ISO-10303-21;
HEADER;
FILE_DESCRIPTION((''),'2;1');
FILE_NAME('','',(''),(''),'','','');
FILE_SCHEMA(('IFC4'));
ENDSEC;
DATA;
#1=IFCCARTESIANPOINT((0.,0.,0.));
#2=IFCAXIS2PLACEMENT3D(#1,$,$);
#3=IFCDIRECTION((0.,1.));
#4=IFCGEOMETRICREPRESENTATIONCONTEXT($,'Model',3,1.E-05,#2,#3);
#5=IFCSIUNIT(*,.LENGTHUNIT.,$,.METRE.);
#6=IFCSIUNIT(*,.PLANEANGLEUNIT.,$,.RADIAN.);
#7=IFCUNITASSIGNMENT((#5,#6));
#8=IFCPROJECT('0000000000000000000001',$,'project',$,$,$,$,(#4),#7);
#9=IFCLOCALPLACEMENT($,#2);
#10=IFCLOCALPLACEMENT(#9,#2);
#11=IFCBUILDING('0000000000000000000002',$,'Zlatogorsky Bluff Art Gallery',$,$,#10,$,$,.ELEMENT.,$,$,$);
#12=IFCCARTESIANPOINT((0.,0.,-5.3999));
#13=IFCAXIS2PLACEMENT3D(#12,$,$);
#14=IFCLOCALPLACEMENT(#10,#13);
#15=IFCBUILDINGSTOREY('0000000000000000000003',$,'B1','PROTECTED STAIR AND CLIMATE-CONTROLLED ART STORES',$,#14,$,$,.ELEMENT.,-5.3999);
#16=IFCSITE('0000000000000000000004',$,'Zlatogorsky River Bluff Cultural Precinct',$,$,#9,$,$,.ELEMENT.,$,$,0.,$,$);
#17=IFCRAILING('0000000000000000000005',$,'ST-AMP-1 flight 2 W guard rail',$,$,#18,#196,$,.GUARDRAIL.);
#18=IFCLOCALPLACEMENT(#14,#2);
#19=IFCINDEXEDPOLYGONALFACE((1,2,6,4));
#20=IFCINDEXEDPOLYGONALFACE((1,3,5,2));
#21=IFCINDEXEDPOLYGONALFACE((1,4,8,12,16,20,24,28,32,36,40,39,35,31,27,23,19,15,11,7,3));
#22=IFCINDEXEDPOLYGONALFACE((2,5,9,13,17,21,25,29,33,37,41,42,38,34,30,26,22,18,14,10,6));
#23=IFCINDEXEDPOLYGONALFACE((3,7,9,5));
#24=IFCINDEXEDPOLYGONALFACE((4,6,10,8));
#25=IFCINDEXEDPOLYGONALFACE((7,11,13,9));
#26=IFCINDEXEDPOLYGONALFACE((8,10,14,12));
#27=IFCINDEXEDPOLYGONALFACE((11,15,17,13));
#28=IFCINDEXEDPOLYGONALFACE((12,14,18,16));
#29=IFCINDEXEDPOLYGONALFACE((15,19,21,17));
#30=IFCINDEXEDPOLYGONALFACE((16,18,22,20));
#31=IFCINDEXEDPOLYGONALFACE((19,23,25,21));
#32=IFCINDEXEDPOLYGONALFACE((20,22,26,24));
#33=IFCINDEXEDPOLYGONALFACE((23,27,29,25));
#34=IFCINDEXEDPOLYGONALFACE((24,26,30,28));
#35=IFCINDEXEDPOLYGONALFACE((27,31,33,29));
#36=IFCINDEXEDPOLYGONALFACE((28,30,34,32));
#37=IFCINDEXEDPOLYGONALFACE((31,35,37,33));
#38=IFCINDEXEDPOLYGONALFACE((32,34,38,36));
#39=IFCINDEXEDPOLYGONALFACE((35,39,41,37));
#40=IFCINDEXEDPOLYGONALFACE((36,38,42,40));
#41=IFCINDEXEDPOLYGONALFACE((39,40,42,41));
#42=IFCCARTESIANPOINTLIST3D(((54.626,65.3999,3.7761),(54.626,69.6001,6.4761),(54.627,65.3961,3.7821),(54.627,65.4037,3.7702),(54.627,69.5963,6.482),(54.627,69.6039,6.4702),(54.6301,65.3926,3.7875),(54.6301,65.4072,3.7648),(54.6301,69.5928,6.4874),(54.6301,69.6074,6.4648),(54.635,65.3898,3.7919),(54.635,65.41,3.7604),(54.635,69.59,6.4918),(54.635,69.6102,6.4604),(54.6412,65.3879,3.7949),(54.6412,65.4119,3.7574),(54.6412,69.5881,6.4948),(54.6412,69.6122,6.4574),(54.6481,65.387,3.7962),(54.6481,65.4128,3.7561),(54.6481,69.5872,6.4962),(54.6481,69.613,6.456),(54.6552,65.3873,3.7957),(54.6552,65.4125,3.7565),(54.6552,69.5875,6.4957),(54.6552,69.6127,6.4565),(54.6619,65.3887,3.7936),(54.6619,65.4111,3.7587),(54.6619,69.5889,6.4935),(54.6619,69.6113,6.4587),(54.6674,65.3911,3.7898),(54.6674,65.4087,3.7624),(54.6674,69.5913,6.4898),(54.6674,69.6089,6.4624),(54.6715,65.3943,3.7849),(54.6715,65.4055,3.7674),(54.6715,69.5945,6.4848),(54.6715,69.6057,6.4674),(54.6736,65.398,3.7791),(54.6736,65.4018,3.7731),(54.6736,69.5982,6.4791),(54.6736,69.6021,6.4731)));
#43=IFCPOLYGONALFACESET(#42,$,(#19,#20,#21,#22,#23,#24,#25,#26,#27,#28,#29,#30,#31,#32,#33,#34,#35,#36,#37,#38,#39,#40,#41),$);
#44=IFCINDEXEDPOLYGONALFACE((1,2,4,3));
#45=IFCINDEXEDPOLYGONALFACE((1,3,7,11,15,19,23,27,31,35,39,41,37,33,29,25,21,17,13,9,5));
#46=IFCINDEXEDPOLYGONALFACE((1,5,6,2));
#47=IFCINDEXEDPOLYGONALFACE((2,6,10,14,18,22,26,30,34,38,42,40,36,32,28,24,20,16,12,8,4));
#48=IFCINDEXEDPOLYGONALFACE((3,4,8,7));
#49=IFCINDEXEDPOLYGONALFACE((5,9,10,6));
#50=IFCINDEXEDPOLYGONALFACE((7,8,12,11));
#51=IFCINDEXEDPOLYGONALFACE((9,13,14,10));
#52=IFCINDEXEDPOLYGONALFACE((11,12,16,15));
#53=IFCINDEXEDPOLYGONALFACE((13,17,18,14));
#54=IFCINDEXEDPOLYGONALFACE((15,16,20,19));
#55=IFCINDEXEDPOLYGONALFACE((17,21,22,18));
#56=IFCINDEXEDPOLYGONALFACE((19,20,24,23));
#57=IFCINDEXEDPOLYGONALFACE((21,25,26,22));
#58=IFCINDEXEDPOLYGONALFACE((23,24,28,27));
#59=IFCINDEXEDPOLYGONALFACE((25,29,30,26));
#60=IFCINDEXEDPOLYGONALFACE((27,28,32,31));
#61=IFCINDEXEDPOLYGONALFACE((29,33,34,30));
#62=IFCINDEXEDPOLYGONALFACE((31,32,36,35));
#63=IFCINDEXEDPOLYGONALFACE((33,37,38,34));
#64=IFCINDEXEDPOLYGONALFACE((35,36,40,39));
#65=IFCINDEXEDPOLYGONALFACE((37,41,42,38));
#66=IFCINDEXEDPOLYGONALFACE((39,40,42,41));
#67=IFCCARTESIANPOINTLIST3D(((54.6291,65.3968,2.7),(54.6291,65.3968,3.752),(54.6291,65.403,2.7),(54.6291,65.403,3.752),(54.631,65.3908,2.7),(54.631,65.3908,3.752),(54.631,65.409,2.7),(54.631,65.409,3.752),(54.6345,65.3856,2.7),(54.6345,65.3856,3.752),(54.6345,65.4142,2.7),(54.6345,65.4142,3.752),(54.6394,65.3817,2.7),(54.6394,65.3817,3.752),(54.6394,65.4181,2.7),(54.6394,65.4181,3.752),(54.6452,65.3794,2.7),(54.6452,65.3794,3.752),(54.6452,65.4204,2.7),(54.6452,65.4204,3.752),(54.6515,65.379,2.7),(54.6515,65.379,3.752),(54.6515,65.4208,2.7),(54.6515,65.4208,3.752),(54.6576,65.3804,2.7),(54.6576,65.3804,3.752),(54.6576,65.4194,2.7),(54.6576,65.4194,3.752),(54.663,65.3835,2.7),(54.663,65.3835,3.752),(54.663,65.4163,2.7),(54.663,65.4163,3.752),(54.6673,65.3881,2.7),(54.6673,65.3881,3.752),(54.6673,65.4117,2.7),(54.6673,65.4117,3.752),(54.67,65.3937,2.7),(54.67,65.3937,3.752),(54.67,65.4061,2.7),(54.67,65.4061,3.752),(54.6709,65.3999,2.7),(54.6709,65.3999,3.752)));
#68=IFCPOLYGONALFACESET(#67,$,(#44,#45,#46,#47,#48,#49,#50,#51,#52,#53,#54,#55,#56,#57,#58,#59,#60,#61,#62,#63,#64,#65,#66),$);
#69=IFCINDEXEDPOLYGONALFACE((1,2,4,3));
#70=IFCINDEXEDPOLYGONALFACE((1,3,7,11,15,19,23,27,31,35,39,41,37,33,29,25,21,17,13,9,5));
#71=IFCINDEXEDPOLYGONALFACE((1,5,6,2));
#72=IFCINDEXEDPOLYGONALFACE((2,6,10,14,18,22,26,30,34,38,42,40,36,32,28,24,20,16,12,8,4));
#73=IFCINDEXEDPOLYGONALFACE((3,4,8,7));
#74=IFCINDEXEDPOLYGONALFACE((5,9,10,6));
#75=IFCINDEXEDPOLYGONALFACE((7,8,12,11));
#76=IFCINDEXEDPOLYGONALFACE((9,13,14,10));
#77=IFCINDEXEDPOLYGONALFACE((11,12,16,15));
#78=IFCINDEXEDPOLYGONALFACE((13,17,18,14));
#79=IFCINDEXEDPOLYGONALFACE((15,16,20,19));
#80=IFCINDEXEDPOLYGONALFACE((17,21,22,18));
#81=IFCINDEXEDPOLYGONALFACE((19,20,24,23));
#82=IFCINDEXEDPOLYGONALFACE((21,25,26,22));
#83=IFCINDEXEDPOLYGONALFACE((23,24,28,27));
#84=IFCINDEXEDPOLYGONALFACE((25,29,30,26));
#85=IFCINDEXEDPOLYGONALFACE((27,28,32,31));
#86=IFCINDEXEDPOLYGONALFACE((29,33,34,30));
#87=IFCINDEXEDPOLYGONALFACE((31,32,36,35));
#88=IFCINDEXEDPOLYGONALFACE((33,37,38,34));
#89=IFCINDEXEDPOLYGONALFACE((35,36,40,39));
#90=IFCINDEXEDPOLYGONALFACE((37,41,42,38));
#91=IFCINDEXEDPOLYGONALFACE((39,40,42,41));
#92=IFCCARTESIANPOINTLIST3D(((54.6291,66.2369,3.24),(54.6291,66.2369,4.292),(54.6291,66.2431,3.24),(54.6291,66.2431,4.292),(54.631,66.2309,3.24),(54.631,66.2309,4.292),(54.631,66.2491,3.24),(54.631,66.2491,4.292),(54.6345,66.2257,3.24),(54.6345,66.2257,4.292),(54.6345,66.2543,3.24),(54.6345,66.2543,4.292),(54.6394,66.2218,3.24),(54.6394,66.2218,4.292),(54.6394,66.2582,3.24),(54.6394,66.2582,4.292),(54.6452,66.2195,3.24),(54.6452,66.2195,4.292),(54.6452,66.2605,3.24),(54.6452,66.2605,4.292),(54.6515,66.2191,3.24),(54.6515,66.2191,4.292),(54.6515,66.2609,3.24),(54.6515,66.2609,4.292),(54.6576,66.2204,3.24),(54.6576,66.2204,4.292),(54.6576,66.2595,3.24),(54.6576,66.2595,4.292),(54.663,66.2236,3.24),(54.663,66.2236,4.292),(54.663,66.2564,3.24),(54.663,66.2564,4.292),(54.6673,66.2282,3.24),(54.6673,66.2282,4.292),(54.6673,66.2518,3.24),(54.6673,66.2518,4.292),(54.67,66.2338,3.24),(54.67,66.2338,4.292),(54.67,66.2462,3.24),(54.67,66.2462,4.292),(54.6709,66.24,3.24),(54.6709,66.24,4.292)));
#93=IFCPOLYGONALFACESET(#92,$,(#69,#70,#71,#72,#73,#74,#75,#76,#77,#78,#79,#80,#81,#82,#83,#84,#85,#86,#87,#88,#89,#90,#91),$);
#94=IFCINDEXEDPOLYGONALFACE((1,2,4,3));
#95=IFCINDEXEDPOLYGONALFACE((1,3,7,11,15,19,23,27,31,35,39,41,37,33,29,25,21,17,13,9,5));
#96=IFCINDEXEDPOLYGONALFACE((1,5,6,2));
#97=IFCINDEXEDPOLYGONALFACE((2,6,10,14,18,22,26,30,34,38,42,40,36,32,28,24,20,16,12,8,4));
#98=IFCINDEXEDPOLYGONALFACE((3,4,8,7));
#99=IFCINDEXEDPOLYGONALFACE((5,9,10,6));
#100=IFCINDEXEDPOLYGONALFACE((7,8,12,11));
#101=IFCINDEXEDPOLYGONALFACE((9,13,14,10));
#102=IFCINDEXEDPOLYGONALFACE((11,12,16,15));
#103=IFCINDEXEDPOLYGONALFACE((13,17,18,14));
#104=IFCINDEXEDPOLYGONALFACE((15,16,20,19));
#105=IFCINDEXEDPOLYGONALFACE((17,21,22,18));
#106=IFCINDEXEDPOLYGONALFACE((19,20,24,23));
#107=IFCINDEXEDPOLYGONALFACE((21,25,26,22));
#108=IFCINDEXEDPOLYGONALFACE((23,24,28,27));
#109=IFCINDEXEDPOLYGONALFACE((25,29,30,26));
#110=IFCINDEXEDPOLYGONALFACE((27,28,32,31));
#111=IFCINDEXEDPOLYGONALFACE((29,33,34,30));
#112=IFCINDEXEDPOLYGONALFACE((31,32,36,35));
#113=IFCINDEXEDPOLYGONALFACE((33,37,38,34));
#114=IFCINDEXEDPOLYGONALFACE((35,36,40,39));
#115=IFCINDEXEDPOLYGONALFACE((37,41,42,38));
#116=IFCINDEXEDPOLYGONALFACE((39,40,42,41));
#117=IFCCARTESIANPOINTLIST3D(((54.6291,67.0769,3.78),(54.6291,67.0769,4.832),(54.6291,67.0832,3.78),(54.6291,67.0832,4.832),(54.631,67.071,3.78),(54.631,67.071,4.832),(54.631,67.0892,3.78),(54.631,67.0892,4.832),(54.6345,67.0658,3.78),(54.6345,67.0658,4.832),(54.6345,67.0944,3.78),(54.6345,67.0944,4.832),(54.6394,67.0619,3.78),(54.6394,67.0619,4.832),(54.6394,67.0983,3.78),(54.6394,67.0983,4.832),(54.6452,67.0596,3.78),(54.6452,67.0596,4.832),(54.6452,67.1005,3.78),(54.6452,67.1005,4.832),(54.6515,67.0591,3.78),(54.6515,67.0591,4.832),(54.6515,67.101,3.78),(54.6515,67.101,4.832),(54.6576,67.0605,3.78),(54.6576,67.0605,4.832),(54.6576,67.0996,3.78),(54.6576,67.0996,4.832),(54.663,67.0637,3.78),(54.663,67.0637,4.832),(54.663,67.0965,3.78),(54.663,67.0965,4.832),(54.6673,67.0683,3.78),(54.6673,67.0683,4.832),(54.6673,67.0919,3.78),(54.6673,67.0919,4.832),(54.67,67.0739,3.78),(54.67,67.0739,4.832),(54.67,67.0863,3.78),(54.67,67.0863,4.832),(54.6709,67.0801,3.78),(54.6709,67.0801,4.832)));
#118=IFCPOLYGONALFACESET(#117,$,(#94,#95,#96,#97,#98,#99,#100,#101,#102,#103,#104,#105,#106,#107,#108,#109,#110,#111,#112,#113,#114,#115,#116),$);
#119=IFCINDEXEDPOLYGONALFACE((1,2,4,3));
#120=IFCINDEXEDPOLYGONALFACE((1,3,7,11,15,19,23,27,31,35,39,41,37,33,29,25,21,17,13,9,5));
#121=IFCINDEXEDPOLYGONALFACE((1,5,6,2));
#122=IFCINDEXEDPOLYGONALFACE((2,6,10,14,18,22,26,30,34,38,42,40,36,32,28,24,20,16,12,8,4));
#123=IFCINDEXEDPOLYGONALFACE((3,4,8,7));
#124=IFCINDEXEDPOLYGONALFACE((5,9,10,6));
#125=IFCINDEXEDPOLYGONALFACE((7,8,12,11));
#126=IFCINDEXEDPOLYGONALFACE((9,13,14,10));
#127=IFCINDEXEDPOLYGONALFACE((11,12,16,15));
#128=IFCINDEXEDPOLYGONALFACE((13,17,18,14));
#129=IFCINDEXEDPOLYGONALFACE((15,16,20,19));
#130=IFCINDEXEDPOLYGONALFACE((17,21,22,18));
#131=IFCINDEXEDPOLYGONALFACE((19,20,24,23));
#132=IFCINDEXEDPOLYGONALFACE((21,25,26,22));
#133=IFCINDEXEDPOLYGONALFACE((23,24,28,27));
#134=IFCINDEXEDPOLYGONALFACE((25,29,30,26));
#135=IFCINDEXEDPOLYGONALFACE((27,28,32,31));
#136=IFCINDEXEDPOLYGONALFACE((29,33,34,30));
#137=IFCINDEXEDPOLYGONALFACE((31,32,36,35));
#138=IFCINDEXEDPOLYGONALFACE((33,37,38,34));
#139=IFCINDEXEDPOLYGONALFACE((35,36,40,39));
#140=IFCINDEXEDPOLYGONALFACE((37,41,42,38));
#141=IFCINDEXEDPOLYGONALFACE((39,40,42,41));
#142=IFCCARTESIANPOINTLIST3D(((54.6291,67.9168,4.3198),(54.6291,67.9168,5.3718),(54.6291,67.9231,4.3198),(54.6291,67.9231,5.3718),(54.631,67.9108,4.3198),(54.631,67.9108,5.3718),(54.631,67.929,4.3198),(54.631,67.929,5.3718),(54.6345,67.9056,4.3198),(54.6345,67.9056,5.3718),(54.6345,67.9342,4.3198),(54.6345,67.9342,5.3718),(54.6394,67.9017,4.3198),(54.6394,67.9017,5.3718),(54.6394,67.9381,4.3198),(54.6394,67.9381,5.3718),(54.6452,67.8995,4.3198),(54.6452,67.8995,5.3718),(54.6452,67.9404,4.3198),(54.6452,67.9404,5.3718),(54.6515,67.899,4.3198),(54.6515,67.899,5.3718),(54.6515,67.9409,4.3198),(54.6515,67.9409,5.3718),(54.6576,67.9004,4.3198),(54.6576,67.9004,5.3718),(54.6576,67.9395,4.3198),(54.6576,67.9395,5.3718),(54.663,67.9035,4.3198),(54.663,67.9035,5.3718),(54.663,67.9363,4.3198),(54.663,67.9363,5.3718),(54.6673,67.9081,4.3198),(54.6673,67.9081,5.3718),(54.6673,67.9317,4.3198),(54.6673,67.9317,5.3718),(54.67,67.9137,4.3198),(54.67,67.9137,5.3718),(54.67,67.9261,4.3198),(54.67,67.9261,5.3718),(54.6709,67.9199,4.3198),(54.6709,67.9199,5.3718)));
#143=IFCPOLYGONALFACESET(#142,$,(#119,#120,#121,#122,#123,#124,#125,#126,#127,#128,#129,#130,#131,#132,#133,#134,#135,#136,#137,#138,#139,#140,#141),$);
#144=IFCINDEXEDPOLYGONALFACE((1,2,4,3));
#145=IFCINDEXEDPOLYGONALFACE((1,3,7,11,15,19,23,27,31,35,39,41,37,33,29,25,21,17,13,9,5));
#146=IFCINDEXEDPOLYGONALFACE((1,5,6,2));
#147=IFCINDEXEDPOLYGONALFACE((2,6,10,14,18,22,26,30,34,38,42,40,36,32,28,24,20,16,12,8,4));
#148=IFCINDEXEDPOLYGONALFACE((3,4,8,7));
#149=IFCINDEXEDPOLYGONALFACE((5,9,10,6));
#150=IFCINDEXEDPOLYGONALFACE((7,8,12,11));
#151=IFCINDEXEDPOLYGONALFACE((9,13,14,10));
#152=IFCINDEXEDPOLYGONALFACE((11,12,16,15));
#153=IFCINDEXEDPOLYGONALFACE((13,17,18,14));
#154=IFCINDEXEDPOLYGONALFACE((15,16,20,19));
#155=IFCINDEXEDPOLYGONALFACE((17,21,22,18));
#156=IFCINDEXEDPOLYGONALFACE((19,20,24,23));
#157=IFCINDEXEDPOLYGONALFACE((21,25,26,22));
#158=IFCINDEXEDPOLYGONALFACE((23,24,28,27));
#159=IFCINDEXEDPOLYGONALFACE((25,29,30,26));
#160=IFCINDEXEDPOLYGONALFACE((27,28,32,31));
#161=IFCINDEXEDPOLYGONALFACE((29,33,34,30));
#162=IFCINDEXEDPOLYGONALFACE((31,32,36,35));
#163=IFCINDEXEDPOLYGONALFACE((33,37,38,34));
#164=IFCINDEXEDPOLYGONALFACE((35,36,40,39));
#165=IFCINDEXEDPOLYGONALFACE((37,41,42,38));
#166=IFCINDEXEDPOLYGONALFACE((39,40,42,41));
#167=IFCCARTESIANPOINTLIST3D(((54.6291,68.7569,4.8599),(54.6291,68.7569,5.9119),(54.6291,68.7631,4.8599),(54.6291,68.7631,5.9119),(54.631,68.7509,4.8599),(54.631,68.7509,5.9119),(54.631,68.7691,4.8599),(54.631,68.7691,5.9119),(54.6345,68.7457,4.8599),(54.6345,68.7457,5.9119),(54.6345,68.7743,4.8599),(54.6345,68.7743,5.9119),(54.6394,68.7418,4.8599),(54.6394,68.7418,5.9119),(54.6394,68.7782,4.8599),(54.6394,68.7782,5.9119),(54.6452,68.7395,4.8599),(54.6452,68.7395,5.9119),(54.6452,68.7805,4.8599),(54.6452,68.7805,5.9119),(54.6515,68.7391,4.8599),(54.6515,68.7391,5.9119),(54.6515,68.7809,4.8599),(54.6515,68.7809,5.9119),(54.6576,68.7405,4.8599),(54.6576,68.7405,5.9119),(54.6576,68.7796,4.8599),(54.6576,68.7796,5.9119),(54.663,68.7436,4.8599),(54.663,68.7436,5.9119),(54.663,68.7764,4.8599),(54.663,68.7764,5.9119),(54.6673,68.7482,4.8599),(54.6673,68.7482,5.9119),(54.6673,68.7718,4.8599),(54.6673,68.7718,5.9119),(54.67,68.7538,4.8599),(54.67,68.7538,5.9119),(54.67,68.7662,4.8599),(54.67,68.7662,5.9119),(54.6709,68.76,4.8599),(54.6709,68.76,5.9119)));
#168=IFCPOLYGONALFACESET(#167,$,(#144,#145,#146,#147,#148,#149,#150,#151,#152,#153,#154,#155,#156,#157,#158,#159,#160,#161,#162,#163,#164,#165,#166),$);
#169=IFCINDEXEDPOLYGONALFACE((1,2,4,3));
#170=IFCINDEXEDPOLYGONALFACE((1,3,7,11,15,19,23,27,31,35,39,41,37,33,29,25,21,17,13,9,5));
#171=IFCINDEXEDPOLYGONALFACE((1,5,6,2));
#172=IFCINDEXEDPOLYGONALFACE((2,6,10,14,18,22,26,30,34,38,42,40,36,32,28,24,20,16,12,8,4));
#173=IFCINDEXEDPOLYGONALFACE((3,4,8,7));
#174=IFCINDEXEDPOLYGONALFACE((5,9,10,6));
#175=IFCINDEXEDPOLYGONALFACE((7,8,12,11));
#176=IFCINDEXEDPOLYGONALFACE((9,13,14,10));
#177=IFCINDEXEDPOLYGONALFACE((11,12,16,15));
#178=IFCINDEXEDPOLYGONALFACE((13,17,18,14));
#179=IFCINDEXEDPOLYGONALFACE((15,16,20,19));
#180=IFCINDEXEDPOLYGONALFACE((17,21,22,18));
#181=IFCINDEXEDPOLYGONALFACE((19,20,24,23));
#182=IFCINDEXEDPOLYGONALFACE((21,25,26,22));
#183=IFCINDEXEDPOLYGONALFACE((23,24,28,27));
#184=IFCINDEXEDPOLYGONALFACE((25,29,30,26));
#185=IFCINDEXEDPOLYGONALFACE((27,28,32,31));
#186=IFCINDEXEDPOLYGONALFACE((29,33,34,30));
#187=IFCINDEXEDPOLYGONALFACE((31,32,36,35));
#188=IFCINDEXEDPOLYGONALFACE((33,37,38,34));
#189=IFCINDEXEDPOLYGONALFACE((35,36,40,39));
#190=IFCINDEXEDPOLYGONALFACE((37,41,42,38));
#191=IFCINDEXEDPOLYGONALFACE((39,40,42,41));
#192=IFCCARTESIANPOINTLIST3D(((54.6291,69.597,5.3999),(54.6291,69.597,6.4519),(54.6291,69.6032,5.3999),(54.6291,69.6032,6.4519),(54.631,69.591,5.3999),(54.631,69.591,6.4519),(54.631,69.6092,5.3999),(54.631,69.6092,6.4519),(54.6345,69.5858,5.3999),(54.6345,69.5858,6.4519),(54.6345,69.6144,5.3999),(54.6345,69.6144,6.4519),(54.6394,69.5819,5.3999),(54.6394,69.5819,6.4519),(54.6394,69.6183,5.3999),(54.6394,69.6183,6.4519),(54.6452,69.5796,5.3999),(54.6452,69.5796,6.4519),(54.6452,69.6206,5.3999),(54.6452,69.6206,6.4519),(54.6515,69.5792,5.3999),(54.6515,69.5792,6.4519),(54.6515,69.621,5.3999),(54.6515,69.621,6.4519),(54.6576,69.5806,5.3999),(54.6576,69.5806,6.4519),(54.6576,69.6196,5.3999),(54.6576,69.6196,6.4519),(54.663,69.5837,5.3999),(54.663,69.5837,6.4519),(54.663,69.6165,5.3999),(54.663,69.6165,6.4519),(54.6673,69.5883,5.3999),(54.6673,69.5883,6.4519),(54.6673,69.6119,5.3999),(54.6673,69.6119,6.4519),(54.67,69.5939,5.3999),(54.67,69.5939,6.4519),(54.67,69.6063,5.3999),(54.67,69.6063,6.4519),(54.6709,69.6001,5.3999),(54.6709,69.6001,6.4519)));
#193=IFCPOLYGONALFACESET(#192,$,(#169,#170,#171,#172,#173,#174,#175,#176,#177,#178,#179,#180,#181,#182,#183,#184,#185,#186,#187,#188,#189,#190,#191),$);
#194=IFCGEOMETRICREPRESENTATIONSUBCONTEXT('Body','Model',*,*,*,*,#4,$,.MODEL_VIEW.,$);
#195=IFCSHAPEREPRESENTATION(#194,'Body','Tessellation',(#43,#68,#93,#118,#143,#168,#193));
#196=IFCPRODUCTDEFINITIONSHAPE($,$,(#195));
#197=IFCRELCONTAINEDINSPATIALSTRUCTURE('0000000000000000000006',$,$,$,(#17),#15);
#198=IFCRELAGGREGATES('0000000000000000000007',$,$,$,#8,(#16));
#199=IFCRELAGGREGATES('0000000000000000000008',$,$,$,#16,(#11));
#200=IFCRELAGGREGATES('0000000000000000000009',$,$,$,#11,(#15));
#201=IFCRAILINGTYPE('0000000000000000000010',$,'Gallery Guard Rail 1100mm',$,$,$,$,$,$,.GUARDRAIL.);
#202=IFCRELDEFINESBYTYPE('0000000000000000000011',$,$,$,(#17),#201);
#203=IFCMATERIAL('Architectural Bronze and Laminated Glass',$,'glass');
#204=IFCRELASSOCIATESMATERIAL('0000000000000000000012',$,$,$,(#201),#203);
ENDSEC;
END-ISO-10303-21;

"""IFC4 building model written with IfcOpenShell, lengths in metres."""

from ifc_helpers import new_model, si_unit, direction, frame, origin, origin_2d, place, context, subcontext, project, spatial, circle, extrude, material, type_object, element, save


model = new_model("IFC4")

# Units and contexts
model_context = context("Model", 3, precision=1e-05, world=origin(), true_north=direction((0.0, 1.0)))
body_context = subcontext(model_context, "Body", "Model", "MODEL_VIEW")
ifc_project = project(units=[si_unit("LENGTHUNIT", "METRE"), si_unit("PLANEANGLEUNIT", "RADIAN")], contexts=[model_context])

# Site, building, storey
site_placement = place(None, origin())
site = spatial("IfcSite", under=ifc_project, at=site_placement, Name="Zlatogorsky River Bluff Cultural Precinct", CompositionType="ELEMENT", RefElevation=0.0)
building_placement = place(site_placement, origin())
building = spatial("IfcBuilding", under=site, at=building_placement, Name="Zlatogorsky Bluff Art Gallery", CompositionType="ELEMENT")
storey_placement = place(building_placement, frame((0.0, 0.0, -5.3999)))
storey = spatial("IfcBuildingStorey", under=building, at=storey_placement, Name="B1", Description="PROTECTED STAIR AND CLIMATE-CONTROLLED ART STORES", CompositionType="ELEMENT", Elevation=-5.3999)

# Railing
ifc_material_1 = material(Name="Architectural Bronze and Laminated Glass", Category="glass")
railing_type_1 = type_object("IfcRailingType", Name="Gallery Guard Rail 1100mm", PredefinedType="GUARDRAIL", material=ifc_material_1)
for number, where, name in (
    (1, (54.6499, 65.3999, 2.7), "ST-AMP-1 flight 2 W guard rail"),
):
    element("IfcRailing", number, at=place(storey_placement, frame(where)), inside=storey, type_object=railing_type_1, Name=name, PredefinedType="GUARDRAIL", context=body_context, shape_type="SweptSolid", body=[
        extrude(circle(Radius=0.0239, at=origin_2d()), frame((0.0, 0.0, 1.0762), z_axis=(0.0, 0.841194, 0.540733), x_axis=(-1.0, 0.0, 0.0)), (0.0, 0.0, 1.0), 4.9932),
        extrude(circle(Radius=0.021, at=origin_2d()), origin(), (0.0, 0.0, 1.0), 1.052),
        extrude(circle(Radius=0.021, at=origin_2d()), frame((0.0, 0.8401, 0.54)), (0.0, 0.0, 1.0), 1.052),
        extrude(circle(Radius=0.021, at=origin_2d()), frame((0.0, 1.6802, 1.0801)), (0.0, 0.0, 1.0), 1.052),
        extrude(circle(Radius=0.021, at=origin_2d()), frame((0.0, 2.52, 1.6199)), (0.0, 0.0, 1.0), 1.052),
        extrude(circle(Radius=0.021, at=origin_2d()), frame((0.0, 3.3601, 2.1599)), (0.0, 0.0, 1.0), 1.052),
        extrude(circle(Radius=0.021, at=origin_2d()), frame((0.0, 4.2002, 2.7)), (0.0, 0.0, 1.0), 1.052),
    ])

save(model, "model.ifc")
